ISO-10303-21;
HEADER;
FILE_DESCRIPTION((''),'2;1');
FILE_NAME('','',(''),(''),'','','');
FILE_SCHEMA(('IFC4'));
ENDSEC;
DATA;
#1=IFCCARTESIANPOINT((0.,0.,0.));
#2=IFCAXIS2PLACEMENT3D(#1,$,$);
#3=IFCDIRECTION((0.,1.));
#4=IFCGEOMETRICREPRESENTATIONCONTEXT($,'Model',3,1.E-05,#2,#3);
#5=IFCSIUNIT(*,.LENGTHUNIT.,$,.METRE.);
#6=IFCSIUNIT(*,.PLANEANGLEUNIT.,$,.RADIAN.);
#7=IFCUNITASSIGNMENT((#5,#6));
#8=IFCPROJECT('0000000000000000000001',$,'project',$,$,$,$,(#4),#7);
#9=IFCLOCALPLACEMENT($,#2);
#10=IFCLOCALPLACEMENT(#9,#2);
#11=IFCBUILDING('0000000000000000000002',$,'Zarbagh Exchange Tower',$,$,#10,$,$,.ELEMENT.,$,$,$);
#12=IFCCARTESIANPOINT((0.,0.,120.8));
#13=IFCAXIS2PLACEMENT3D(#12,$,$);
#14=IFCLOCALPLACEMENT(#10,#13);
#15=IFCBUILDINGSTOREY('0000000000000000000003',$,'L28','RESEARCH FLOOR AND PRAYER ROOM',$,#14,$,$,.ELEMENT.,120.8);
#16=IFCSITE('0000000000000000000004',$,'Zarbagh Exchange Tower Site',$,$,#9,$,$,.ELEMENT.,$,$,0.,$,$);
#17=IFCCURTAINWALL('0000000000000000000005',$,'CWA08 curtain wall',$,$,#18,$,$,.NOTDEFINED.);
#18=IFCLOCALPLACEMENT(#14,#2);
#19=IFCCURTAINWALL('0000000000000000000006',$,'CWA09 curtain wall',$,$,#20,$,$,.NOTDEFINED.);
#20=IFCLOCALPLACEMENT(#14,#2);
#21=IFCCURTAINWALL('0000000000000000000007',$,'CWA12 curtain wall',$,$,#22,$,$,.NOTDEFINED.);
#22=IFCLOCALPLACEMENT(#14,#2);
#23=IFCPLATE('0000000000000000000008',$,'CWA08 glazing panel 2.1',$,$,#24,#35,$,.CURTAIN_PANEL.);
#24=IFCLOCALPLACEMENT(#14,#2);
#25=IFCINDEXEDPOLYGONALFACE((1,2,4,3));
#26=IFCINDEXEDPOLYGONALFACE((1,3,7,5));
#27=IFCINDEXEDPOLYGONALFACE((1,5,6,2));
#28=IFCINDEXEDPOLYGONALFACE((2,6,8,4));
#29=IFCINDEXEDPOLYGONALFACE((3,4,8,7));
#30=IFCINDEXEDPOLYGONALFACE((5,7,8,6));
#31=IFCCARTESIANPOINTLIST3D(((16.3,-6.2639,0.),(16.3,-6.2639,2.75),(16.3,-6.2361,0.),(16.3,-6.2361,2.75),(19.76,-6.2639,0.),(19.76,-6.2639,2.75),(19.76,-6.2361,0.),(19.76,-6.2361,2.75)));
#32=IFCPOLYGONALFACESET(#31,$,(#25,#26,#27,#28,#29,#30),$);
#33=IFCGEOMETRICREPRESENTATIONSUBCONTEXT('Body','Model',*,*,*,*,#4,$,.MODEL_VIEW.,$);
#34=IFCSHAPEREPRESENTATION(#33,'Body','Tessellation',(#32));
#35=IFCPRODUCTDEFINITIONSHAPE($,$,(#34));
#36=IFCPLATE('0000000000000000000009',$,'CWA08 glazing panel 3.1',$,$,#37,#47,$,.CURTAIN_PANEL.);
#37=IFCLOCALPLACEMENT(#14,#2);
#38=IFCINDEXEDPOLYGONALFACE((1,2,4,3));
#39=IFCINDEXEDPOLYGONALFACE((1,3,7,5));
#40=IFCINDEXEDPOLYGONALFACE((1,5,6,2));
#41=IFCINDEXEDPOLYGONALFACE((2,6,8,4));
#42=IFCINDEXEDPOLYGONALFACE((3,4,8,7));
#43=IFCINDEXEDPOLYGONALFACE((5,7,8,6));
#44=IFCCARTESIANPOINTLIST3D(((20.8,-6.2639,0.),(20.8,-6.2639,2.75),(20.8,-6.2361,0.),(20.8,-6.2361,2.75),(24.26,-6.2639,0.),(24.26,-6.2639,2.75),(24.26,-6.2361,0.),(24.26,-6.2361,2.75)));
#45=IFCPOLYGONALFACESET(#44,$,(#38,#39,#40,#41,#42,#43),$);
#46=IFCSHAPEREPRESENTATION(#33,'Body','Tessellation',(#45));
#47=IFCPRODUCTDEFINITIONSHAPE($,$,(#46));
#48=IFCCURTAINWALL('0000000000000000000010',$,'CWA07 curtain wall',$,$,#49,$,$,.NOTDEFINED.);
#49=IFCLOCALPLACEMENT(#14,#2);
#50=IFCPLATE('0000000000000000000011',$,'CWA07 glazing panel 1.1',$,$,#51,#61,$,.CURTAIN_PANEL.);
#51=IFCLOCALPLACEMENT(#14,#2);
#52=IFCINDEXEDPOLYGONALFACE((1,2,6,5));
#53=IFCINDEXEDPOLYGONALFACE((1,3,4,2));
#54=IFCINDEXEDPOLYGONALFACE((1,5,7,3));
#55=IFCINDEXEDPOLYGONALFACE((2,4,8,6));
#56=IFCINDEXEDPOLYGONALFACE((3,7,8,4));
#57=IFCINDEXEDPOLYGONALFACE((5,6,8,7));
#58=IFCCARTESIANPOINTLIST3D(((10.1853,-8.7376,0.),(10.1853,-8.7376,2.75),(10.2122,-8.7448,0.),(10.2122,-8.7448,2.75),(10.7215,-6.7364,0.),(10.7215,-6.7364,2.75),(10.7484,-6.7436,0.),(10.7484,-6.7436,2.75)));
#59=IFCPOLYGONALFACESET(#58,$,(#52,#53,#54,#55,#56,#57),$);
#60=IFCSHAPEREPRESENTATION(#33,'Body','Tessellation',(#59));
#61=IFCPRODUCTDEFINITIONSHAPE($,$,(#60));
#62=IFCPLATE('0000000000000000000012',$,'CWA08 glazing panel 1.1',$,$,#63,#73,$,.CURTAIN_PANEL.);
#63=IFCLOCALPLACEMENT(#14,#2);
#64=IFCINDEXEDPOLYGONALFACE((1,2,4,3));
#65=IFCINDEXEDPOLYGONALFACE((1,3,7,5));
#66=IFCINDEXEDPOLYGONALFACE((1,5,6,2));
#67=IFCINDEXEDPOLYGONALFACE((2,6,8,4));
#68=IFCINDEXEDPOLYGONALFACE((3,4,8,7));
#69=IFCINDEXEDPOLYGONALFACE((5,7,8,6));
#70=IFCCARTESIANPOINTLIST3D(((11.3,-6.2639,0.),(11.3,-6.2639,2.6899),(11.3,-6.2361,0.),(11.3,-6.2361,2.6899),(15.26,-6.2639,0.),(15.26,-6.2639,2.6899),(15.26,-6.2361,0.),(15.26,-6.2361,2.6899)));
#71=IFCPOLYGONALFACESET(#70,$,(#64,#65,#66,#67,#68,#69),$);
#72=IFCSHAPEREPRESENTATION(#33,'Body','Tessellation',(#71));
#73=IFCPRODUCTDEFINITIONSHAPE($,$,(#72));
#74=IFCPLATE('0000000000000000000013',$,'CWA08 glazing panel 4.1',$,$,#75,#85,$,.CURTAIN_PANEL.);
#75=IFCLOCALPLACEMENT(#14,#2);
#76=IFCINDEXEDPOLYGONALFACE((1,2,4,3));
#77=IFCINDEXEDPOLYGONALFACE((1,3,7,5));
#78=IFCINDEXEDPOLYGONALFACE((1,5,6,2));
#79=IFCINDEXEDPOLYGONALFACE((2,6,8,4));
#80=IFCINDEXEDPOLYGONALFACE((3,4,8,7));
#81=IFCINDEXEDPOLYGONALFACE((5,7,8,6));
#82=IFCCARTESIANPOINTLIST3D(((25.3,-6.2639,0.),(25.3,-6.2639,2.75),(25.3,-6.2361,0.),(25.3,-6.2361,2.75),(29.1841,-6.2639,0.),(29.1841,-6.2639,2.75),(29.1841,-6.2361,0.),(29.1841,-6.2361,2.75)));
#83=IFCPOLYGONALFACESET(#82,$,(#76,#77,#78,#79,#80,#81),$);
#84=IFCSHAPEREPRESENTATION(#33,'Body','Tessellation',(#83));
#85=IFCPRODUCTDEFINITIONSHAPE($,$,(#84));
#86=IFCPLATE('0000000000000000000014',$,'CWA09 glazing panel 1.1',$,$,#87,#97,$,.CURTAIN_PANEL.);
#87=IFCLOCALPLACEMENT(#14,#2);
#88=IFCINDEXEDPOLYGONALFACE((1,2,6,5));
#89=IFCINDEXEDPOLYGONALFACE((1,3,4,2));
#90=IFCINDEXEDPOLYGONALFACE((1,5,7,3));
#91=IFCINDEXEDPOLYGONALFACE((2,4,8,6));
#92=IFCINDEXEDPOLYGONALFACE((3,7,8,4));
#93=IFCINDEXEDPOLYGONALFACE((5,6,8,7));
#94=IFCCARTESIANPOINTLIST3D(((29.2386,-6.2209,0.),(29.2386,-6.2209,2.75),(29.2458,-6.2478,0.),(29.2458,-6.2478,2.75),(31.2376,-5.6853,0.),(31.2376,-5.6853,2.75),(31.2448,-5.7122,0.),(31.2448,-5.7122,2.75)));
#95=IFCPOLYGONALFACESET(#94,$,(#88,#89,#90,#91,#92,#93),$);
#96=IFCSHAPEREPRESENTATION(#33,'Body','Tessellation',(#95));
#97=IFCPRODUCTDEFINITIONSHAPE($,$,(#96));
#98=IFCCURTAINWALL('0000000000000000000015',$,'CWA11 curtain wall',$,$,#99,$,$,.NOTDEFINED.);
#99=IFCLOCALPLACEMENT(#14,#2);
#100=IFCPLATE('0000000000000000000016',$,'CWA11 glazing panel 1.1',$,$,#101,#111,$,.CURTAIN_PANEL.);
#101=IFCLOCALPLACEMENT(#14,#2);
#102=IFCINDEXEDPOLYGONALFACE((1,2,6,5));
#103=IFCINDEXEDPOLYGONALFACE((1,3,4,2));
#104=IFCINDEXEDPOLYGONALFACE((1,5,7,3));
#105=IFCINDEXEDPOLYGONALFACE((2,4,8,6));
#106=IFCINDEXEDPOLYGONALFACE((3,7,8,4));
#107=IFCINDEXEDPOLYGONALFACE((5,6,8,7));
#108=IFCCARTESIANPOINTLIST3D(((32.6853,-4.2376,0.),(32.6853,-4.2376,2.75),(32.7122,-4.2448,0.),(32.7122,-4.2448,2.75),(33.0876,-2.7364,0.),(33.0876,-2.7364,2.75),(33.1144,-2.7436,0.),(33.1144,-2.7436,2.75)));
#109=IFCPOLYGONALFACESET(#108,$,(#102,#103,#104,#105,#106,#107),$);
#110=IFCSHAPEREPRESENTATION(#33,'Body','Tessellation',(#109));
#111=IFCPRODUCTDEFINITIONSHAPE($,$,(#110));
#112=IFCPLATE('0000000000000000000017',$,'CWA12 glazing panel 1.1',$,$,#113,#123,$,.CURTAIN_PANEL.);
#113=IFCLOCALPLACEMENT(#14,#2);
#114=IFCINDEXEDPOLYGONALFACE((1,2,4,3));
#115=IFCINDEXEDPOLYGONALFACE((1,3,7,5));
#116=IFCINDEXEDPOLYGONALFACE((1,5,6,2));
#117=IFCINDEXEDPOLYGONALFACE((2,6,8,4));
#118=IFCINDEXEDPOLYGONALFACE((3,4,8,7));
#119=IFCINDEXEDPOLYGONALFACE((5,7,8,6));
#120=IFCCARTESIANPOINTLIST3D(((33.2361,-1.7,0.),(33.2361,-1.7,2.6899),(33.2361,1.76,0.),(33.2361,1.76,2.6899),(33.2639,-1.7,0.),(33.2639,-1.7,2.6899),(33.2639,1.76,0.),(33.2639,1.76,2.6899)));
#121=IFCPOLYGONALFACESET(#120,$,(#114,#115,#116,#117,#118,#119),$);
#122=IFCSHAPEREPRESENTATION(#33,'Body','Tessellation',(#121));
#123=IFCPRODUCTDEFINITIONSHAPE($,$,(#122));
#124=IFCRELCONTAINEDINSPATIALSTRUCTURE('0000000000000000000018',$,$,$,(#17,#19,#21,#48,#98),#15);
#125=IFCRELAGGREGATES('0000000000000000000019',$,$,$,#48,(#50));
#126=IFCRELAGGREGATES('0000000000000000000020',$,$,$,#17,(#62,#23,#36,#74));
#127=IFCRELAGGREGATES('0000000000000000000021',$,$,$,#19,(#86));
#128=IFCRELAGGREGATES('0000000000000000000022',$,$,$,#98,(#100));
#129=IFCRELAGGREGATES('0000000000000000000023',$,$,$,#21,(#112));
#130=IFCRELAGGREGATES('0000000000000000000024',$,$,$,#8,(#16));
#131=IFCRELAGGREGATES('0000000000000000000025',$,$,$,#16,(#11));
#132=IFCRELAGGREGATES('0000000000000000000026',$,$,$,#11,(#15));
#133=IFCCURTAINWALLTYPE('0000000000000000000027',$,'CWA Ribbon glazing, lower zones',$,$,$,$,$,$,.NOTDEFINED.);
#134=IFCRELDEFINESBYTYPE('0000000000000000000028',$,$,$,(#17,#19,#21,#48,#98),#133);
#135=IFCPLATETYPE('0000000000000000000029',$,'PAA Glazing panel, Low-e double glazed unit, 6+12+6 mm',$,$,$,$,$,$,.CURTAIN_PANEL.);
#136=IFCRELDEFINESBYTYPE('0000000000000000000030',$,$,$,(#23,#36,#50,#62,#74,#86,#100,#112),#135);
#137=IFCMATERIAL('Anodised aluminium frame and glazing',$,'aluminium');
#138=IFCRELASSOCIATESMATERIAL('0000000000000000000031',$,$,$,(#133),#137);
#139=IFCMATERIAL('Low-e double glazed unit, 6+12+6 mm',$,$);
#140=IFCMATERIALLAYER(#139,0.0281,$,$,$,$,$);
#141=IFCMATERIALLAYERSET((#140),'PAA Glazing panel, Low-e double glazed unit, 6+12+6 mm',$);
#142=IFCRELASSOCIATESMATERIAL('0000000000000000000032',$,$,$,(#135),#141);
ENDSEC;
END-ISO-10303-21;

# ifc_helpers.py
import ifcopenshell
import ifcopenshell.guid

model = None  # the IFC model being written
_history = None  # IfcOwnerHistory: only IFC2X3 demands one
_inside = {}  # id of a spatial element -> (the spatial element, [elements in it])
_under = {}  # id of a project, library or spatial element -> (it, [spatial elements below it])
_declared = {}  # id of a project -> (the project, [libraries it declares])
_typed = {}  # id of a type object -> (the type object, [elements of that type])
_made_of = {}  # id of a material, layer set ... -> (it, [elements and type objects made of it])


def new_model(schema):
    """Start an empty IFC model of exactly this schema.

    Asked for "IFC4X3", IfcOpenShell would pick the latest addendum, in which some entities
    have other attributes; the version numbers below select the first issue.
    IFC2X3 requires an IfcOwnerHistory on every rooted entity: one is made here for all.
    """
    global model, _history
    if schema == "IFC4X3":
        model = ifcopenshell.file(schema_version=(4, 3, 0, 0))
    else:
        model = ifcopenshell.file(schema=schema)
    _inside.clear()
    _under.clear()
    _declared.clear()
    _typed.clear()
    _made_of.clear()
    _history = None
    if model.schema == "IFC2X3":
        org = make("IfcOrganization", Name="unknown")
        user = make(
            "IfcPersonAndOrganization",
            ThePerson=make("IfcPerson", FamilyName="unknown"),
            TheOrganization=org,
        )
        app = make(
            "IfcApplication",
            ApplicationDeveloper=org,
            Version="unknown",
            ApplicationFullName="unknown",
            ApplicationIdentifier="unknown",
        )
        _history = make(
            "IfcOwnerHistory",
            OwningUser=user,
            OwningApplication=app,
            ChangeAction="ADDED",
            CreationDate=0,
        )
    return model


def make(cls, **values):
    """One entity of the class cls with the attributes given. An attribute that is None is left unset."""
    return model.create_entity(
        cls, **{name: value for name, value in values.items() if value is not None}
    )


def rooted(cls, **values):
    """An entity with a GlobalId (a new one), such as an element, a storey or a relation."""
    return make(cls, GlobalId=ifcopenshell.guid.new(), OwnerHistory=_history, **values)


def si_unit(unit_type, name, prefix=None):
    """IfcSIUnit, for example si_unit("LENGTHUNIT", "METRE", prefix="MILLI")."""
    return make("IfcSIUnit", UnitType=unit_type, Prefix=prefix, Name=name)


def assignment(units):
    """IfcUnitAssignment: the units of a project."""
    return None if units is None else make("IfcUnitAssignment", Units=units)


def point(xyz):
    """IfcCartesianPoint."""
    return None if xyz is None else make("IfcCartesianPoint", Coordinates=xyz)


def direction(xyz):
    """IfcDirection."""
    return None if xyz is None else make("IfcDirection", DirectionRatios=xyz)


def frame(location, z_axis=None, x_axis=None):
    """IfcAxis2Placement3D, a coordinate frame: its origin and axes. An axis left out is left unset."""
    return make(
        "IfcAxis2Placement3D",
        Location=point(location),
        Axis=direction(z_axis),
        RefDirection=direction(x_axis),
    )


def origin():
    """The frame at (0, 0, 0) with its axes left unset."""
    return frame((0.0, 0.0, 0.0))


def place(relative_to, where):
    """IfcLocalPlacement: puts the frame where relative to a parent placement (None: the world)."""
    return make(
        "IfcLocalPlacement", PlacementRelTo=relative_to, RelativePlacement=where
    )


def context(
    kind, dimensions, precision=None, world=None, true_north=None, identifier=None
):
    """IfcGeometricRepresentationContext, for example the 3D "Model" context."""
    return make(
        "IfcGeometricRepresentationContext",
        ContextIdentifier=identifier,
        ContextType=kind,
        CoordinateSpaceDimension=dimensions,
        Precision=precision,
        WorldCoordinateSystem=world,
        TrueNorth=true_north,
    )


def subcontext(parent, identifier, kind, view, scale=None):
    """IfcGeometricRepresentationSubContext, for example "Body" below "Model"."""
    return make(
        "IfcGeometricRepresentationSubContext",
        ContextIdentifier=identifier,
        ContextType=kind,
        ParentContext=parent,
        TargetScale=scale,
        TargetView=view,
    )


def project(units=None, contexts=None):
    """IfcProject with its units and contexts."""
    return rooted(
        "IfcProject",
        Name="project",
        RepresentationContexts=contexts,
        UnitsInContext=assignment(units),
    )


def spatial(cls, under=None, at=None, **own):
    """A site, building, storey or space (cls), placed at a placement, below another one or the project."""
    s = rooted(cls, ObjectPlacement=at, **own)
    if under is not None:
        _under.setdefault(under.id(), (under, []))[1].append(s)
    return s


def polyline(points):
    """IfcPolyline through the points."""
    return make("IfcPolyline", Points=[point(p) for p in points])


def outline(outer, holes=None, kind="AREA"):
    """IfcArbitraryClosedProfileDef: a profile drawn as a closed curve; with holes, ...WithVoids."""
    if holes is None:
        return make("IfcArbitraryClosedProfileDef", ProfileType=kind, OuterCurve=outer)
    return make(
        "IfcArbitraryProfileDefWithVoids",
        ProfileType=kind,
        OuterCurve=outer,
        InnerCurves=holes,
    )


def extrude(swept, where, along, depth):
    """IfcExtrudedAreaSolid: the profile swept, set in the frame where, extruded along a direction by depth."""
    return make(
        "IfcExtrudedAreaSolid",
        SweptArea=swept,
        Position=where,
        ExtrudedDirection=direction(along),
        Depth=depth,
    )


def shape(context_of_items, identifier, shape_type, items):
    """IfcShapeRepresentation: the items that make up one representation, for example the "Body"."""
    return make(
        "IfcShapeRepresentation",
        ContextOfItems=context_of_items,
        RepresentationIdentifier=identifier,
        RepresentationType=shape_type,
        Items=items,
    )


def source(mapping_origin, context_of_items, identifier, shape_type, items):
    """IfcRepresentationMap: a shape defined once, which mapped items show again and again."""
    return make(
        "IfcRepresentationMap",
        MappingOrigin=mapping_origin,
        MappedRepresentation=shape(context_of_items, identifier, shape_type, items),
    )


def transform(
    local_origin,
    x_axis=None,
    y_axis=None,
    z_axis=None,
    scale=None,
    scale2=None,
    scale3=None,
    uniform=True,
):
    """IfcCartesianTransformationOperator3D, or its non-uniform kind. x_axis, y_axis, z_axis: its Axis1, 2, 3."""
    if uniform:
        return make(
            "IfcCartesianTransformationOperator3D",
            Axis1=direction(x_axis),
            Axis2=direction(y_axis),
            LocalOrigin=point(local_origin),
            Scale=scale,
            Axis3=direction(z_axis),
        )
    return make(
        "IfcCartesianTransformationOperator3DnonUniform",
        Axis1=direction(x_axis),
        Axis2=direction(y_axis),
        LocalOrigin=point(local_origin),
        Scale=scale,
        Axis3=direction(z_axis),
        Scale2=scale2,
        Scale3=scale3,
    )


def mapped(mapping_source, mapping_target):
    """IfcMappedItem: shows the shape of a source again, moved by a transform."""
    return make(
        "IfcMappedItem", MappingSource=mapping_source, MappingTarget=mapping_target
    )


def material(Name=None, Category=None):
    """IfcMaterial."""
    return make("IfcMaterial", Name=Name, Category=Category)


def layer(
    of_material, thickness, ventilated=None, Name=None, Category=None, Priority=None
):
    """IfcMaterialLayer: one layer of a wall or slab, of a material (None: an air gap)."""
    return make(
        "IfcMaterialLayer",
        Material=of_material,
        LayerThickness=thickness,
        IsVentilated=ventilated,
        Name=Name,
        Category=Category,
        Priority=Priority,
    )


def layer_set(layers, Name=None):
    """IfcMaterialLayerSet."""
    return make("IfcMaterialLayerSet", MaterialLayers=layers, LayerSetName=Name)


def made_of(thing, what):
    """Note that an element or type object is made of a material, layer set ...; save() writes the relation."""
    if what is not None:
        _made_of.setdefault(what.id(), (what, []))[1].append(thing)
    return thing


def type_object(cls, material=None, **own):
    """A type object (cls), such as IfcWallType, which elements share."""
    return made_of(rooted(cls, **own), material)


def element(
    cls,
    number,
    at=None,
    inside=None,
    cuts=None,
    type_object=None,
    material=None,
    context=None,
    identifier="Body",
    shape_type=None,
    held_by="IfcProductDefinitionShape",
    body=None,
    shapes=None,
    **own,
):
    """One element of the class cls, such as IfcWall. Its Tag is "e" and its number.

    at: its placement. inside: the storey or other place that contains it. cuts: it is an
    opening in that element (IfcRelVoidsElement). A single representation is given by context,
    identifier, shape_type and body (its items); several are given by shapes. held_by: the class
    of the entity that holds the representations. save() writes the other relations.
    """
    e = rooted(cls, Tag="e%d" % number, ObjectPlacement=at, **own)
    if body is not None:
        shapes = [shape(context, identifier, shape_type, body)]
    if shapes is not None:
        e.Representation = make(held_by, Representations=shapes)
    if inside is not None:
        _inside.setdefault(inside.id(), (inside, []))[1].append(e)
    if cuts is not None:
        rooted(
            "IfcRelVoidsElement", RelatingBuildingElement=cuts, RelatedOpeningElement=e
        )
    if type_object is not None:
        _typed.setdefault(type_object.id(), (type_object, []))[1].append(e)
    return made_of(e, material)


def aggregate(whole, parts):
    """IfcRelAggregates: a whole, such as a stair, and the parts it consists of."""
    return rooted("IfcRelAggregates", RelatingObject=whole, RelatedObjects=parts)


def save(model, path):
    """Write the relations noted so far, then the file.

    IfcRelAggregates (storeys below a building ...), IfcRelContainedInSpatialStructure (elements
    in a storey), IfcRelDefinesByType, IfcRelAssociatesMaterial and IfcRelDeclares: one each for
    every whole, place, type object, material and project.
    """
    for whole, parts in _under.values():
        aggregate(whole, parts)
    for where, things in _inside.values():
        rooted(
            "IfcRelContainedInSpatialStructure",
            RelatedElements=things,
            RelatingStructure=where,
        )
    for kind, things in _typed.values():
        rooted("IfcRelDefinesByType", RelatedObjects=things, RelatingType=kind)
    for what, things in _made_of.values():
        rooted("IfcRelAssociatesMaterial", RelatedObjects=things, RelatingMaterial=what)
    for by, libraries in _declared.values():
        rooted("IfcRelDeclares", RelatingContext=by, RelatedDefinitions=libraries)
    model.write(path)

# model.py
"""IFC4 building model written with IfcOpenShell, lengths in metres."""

from ifc_helpers import new_model, si_unit, direction, frame, origin, place, context, subcontext, project, spatial, polyline, outline, extrude, source, transform, mapped, material, layer, layer_set, type_object, element, aggregate, save


model = new_model("IFC4")

# Units and contexts
model_context = context("Model", 3, precision=1e-05, world=origin(), true_north=direction((0.0, 1.0)))
body_context = subcontext(model_context, "Body", "Model", "MODEL_VIEW")
ifc_project = project(units=[si_unit("LENGTHUNIT", "METRE"), si_unit("PLANEANGLEUNIT", "RADIAN")], contexts=[model_context])

# Site, building, storey
site_placement = place(None, origin())
site = spatial("IfcSite", under=ifc_project, at=site_placement, Name="Zarbagh Exchange Tower Site", CompositionType="ELEMENT", RefElevation=0.0)
building_placement = place(site_placement, origin())
building = spatial("IfcBuilding", under=site, at=building_placement, Name="Zarbagh Exchange Tower", CompositionType="ELEMENT")
storey_placement = place(building_placement, frame((0.0, 0.0, 120.8)))
storey = spatial("IfcBuildingStorey", under=building, at=storey_placement, Name="L28", Description="RESEARCH FLOOR AND PRAYER ROOM", CompositionType="ELEMENT", Elevation=120.8)

# Curtain wall
ifc_material_1 = material(Name="Anodised aluminium frame and glazing", Category="aluminium")
curtain_wall_type = type_object("IfcCurtainWallType", Name="CWA Ribbon glazing, lower zones", PredefinedType="NOTDEFINED", material=ifc_material_1)
curtain_wall_1_placement = place(storey_placement, origin())
curtain_wall_1 = element("IfcCurtainWall", 1, at=curtain_wall_1_placement, inside=storey, type_object=curtain_wall_type, Name="CWA08 curtain wall", PredefinedType="NOTDEFINED")
placement = place(storey_placement, origin())

# Curtain walls
curtain_wall_2_placement = place(storey_placement, origin())
curtain_wall_2 = element("IfcCurtainWall", 2, at=curtain_wall_2_placement, inside=storey, type_object=curtain_wall_type, Name="CWA09 curtain wall", PredefinedType="NOTDEFINED")
curtain_wall_3_placement = place(storey_placement, origin())
curtain_wall_3 = element("IfcCurtainWall", 3, at=curtain_wall_3_placement, inside=storey, type_object=curtain_wall_type, Name="CWA12 curtain wall", PredefinedType="NOTDEFINED")

# Shared definitions
ifc_material_2 = material(Name="Low-e double glazed unit, 6+12+6 mm")
ifc_layer = layer(ifc_material_2, 0.0281)
ifc_layer_set = layer_set([ifc_layer], Name="PAA Glazing panel, Low-e double glazed unit, 6+12+6 mm")
plate_type = type_object("IfcPlateType", Name="PAA Glazing panel, Low-e double glazed unit, 6+12+6 mm", PredefinedType="CURTAIN_PANEL", material=ifc_layer_set)

# Plates
shared_shape_1 = source(origin(), body_context, "Body", "SweptSolid", [
    extrude(outline(polyline([(0.0, -0.0139), (3.46, -0.0139), (3.46, 0.0139), (0.0, 0.0139), (0.0, -0.0139)])), origin(), (0.0, 0.0, 1.0), 2.75),
])
plate_1 = element("IfcPlate", 4, at=placement, type_object=plate_type, Name="CWA08 glazing panel 2.1", PredefinedType="CURTAIN_PANEL", context=body_context, shape_type="MappedRepresentation", body=[
    mapped(shared_shape_1, transform((16.3, -6.25, 0.0), x_axis=(1.0, 0.0, 0.0), y_axis=(0.0, 1.0, 0.0), z_axis=(0.0, 0.0, 1.0))),
])
plate_2 = element("IfcPlate", 5, at=placement, type_object=plate_type, Name="CWA08 glazing panel 3.1", PredefinedType="CURTAIN_PANEL", context=body_context, shape_type="MappedRepresentation", body=[
    mapped(shared_shape_1, transform((20.8, -6.25, 0.0), x_axis=(1.0, 0.0, 0.0), y_axis=(0.0, 1.0, 0.0), z_axis=(0.0, 0.0, 1.0))),
])

# Curtain wall, plate
curtain_wall_4_placement = place(storey_placement, origin())
curtain_wall_4 = element("IfcCurtainWall", 6, at=curtain_wall_4_placement, inside=storey, type_object=curtain_wall_type, Name="CWA07 curtain wall", PredefinedType="NOTDEFINED")
shared_shape_2 = source(origin(), body_context, "Body", "SweptSolid", [
    extrude(outline(polyline([(0.0, -0.0139), (2.0718, -0.0139), (2.0718, 0.0139), (0.0, 0.0139), (0.0, -0.0139)])), origin(), (0.0, 0.0, 1.0), 2.75),
])
plate_3 = element("IfcPlate", 7, at=placement, type_object=plate_type, Name="CWA07 glazing panel 1.1", PredefinedType="CURTAIN_PANEL", context=body_context, shape_type="MappedRepresentation", body=[
    mapped(shared_shape_2, transform((10.1987, -8.7412, 0.0), x_axis=(0.258825, 0.965924, 0.0), y_axis=(-0.965924, 0.258825, 0.0), z_axis=(0.0, 0.0, 1.0))),
])
aggregate(curtain_wall_4, [plate_3])

# Plates
shared_shape_3 = source(origin(), body_context, "Body", "SweptSolid", [
    extrude(outline(polyline([(0.0, -0.0139), (3.96, -0.0139), (3.96, 0.0139), (0.0, 0.0139), (0.0, -0.0139)])), origin(), (0.0, 0.0, 1.0), 2.6899),
])
plate_4 = element("IfcPlate", 8, at=placement, type_object=plate_type, Name="CWA08 glazing panel 1.1", PredefinedType="CURTAIN_PANEL", context=body_context, shape_type="MappedRepresentation", body=[
    mapped(shared_shape_3, transform((11.3, -6.25, 0.0), x_axis=(1.0, 0.0, 0.0), y_axis=(0.0, 1.0, 0.0), z_axis=(0.0, 0.0, 1.0))),
])
shared_shape_4 = source(origin(), body_context, "Body", "SweptSolid", [
    extrude(outline(polyline([(0.0, -0.0139), (3.884, -0.0139), (3.884, 0.0139), (0.0, 0.0139), (0.0, -0.0139)])), origin(), (0.0, 0.0, 1.0), 2.75),
])
plate_5 = element("IfcPlate", 9, at=placement, type_object=plate_type, Name="CWA08 glazing panel 4.1", PredefinedType="CURTAIN_PANEL", context=body_context, shape_type="MappedRepresentation", body=[
    mapped(shared_shape_4, transform((25.3, -6.25, 0.0), x_axis=(1.0, 0.0, 0.0), y_axis=(0.0, 1.0, 0.0), z_axis=(0.0, 0.0, 1.0))),
])
aggregate(curtain_wall_1, [plate_4, plate_1, plate_2, plate_5])
shared_shape_5 = source(origin(), body_context, "Body", "SweptSolid", [
    extrude(outline(polyline([(0.0, -0.0139), (2.0696, -0.0139), (2.0696, 0.0139), (0.0, 0.0139), (0.0, -0.0139)])), origin(), (0.0, 0.0, 1.0), 2.75),
])
plate_6 = element("IfcPlate", 10, at=placement, type_object=plate_type, Name="CWA09 glazing panel 1.1", PredefinedType="CURTAIN_PANEL", context=body_context, shape_type="MappedRepresentation", body=[
    mapped(shared_shape_5, transform((29.2422, -6.2344, 0.0), x_axis=(0.965924, 0.258825, 0.0), y_axis=(-0.258825, 0.965924, 0.0), z_axis=(0.0, 0.0, 1.0))),
])
aggregate(curtain_wall_2, [plate_6])

# Curtain wall, plate
curtain_wall_5_placement = place(storey_placement, origin())
curtain_wall_5 = element("IfcCurtainWall", 11, at=curtain_wall_5_placement, inside=storey, type_object=curtain_wall_type, Name="CWA11 curtain wall", PredefinedType="NOTDEFINED")
shared_shape_6 = source(origin(), body_context, "Body", "SweptSolid", [
    extrude(outline(polyline([(0.0, -0.0139), (1.5542, -0.0139), (1.5542, 0.0139), (0.0, 0.0139), (0.0, -0.0139)])), origin(), (0.0, 0.0, 1.0), 2.75),
])
plate_7 = element("IfcPlate", 12, at=placement, type_object=plate_type, Name="CWA11 glazing panel 1.1", PredefinedType="CURTAIN_PANEL", context=body_context, shape_type="MappedRepresentation", body=[
    mapped(shared_shape_6, transform((32.6987, -4.2412, 0.0), x_axis=(0.258825, 0.965924, 0.0), y_axis=(-0.965924, 0.258825, 0.0), z_axis=(0.0, 0.0, 1.0))),
])
aggregate(curtain_wall_5, [plate_7])

# Plate
shared_shape_7 = source(origin(), body_context, "Body", "SweptSolid", [
    extrude(outline(polyline([(0.0, -0.0139), (3.46, -0.0139), (3.46, 0.0139), (0.0, 0.0139), (0.0, -0.0139)])), origin(), (0.0, 0.0, 1.0), 2.6899),
])
plate_8 = element("IfcPlate", 13, at=placement, type_object=plate_type, Name="CWA12 glazing panel 1.1", PredefinedType="CURTAIN_PANEL", context=body_context, shape_type="MappedRepresentation", body=[
    mapped(shared_shape_7, transform((33.25, -1.7, 0.0), x_axis=(0.0, 1.0, 0.0), y_axis=(-1.0, 0.0, 0.0), z_axis=(0.0, 0.0, 1.0))),
])
aggregate(curtain_wall_3, [plate_8])

save(model, "model.ifc")
